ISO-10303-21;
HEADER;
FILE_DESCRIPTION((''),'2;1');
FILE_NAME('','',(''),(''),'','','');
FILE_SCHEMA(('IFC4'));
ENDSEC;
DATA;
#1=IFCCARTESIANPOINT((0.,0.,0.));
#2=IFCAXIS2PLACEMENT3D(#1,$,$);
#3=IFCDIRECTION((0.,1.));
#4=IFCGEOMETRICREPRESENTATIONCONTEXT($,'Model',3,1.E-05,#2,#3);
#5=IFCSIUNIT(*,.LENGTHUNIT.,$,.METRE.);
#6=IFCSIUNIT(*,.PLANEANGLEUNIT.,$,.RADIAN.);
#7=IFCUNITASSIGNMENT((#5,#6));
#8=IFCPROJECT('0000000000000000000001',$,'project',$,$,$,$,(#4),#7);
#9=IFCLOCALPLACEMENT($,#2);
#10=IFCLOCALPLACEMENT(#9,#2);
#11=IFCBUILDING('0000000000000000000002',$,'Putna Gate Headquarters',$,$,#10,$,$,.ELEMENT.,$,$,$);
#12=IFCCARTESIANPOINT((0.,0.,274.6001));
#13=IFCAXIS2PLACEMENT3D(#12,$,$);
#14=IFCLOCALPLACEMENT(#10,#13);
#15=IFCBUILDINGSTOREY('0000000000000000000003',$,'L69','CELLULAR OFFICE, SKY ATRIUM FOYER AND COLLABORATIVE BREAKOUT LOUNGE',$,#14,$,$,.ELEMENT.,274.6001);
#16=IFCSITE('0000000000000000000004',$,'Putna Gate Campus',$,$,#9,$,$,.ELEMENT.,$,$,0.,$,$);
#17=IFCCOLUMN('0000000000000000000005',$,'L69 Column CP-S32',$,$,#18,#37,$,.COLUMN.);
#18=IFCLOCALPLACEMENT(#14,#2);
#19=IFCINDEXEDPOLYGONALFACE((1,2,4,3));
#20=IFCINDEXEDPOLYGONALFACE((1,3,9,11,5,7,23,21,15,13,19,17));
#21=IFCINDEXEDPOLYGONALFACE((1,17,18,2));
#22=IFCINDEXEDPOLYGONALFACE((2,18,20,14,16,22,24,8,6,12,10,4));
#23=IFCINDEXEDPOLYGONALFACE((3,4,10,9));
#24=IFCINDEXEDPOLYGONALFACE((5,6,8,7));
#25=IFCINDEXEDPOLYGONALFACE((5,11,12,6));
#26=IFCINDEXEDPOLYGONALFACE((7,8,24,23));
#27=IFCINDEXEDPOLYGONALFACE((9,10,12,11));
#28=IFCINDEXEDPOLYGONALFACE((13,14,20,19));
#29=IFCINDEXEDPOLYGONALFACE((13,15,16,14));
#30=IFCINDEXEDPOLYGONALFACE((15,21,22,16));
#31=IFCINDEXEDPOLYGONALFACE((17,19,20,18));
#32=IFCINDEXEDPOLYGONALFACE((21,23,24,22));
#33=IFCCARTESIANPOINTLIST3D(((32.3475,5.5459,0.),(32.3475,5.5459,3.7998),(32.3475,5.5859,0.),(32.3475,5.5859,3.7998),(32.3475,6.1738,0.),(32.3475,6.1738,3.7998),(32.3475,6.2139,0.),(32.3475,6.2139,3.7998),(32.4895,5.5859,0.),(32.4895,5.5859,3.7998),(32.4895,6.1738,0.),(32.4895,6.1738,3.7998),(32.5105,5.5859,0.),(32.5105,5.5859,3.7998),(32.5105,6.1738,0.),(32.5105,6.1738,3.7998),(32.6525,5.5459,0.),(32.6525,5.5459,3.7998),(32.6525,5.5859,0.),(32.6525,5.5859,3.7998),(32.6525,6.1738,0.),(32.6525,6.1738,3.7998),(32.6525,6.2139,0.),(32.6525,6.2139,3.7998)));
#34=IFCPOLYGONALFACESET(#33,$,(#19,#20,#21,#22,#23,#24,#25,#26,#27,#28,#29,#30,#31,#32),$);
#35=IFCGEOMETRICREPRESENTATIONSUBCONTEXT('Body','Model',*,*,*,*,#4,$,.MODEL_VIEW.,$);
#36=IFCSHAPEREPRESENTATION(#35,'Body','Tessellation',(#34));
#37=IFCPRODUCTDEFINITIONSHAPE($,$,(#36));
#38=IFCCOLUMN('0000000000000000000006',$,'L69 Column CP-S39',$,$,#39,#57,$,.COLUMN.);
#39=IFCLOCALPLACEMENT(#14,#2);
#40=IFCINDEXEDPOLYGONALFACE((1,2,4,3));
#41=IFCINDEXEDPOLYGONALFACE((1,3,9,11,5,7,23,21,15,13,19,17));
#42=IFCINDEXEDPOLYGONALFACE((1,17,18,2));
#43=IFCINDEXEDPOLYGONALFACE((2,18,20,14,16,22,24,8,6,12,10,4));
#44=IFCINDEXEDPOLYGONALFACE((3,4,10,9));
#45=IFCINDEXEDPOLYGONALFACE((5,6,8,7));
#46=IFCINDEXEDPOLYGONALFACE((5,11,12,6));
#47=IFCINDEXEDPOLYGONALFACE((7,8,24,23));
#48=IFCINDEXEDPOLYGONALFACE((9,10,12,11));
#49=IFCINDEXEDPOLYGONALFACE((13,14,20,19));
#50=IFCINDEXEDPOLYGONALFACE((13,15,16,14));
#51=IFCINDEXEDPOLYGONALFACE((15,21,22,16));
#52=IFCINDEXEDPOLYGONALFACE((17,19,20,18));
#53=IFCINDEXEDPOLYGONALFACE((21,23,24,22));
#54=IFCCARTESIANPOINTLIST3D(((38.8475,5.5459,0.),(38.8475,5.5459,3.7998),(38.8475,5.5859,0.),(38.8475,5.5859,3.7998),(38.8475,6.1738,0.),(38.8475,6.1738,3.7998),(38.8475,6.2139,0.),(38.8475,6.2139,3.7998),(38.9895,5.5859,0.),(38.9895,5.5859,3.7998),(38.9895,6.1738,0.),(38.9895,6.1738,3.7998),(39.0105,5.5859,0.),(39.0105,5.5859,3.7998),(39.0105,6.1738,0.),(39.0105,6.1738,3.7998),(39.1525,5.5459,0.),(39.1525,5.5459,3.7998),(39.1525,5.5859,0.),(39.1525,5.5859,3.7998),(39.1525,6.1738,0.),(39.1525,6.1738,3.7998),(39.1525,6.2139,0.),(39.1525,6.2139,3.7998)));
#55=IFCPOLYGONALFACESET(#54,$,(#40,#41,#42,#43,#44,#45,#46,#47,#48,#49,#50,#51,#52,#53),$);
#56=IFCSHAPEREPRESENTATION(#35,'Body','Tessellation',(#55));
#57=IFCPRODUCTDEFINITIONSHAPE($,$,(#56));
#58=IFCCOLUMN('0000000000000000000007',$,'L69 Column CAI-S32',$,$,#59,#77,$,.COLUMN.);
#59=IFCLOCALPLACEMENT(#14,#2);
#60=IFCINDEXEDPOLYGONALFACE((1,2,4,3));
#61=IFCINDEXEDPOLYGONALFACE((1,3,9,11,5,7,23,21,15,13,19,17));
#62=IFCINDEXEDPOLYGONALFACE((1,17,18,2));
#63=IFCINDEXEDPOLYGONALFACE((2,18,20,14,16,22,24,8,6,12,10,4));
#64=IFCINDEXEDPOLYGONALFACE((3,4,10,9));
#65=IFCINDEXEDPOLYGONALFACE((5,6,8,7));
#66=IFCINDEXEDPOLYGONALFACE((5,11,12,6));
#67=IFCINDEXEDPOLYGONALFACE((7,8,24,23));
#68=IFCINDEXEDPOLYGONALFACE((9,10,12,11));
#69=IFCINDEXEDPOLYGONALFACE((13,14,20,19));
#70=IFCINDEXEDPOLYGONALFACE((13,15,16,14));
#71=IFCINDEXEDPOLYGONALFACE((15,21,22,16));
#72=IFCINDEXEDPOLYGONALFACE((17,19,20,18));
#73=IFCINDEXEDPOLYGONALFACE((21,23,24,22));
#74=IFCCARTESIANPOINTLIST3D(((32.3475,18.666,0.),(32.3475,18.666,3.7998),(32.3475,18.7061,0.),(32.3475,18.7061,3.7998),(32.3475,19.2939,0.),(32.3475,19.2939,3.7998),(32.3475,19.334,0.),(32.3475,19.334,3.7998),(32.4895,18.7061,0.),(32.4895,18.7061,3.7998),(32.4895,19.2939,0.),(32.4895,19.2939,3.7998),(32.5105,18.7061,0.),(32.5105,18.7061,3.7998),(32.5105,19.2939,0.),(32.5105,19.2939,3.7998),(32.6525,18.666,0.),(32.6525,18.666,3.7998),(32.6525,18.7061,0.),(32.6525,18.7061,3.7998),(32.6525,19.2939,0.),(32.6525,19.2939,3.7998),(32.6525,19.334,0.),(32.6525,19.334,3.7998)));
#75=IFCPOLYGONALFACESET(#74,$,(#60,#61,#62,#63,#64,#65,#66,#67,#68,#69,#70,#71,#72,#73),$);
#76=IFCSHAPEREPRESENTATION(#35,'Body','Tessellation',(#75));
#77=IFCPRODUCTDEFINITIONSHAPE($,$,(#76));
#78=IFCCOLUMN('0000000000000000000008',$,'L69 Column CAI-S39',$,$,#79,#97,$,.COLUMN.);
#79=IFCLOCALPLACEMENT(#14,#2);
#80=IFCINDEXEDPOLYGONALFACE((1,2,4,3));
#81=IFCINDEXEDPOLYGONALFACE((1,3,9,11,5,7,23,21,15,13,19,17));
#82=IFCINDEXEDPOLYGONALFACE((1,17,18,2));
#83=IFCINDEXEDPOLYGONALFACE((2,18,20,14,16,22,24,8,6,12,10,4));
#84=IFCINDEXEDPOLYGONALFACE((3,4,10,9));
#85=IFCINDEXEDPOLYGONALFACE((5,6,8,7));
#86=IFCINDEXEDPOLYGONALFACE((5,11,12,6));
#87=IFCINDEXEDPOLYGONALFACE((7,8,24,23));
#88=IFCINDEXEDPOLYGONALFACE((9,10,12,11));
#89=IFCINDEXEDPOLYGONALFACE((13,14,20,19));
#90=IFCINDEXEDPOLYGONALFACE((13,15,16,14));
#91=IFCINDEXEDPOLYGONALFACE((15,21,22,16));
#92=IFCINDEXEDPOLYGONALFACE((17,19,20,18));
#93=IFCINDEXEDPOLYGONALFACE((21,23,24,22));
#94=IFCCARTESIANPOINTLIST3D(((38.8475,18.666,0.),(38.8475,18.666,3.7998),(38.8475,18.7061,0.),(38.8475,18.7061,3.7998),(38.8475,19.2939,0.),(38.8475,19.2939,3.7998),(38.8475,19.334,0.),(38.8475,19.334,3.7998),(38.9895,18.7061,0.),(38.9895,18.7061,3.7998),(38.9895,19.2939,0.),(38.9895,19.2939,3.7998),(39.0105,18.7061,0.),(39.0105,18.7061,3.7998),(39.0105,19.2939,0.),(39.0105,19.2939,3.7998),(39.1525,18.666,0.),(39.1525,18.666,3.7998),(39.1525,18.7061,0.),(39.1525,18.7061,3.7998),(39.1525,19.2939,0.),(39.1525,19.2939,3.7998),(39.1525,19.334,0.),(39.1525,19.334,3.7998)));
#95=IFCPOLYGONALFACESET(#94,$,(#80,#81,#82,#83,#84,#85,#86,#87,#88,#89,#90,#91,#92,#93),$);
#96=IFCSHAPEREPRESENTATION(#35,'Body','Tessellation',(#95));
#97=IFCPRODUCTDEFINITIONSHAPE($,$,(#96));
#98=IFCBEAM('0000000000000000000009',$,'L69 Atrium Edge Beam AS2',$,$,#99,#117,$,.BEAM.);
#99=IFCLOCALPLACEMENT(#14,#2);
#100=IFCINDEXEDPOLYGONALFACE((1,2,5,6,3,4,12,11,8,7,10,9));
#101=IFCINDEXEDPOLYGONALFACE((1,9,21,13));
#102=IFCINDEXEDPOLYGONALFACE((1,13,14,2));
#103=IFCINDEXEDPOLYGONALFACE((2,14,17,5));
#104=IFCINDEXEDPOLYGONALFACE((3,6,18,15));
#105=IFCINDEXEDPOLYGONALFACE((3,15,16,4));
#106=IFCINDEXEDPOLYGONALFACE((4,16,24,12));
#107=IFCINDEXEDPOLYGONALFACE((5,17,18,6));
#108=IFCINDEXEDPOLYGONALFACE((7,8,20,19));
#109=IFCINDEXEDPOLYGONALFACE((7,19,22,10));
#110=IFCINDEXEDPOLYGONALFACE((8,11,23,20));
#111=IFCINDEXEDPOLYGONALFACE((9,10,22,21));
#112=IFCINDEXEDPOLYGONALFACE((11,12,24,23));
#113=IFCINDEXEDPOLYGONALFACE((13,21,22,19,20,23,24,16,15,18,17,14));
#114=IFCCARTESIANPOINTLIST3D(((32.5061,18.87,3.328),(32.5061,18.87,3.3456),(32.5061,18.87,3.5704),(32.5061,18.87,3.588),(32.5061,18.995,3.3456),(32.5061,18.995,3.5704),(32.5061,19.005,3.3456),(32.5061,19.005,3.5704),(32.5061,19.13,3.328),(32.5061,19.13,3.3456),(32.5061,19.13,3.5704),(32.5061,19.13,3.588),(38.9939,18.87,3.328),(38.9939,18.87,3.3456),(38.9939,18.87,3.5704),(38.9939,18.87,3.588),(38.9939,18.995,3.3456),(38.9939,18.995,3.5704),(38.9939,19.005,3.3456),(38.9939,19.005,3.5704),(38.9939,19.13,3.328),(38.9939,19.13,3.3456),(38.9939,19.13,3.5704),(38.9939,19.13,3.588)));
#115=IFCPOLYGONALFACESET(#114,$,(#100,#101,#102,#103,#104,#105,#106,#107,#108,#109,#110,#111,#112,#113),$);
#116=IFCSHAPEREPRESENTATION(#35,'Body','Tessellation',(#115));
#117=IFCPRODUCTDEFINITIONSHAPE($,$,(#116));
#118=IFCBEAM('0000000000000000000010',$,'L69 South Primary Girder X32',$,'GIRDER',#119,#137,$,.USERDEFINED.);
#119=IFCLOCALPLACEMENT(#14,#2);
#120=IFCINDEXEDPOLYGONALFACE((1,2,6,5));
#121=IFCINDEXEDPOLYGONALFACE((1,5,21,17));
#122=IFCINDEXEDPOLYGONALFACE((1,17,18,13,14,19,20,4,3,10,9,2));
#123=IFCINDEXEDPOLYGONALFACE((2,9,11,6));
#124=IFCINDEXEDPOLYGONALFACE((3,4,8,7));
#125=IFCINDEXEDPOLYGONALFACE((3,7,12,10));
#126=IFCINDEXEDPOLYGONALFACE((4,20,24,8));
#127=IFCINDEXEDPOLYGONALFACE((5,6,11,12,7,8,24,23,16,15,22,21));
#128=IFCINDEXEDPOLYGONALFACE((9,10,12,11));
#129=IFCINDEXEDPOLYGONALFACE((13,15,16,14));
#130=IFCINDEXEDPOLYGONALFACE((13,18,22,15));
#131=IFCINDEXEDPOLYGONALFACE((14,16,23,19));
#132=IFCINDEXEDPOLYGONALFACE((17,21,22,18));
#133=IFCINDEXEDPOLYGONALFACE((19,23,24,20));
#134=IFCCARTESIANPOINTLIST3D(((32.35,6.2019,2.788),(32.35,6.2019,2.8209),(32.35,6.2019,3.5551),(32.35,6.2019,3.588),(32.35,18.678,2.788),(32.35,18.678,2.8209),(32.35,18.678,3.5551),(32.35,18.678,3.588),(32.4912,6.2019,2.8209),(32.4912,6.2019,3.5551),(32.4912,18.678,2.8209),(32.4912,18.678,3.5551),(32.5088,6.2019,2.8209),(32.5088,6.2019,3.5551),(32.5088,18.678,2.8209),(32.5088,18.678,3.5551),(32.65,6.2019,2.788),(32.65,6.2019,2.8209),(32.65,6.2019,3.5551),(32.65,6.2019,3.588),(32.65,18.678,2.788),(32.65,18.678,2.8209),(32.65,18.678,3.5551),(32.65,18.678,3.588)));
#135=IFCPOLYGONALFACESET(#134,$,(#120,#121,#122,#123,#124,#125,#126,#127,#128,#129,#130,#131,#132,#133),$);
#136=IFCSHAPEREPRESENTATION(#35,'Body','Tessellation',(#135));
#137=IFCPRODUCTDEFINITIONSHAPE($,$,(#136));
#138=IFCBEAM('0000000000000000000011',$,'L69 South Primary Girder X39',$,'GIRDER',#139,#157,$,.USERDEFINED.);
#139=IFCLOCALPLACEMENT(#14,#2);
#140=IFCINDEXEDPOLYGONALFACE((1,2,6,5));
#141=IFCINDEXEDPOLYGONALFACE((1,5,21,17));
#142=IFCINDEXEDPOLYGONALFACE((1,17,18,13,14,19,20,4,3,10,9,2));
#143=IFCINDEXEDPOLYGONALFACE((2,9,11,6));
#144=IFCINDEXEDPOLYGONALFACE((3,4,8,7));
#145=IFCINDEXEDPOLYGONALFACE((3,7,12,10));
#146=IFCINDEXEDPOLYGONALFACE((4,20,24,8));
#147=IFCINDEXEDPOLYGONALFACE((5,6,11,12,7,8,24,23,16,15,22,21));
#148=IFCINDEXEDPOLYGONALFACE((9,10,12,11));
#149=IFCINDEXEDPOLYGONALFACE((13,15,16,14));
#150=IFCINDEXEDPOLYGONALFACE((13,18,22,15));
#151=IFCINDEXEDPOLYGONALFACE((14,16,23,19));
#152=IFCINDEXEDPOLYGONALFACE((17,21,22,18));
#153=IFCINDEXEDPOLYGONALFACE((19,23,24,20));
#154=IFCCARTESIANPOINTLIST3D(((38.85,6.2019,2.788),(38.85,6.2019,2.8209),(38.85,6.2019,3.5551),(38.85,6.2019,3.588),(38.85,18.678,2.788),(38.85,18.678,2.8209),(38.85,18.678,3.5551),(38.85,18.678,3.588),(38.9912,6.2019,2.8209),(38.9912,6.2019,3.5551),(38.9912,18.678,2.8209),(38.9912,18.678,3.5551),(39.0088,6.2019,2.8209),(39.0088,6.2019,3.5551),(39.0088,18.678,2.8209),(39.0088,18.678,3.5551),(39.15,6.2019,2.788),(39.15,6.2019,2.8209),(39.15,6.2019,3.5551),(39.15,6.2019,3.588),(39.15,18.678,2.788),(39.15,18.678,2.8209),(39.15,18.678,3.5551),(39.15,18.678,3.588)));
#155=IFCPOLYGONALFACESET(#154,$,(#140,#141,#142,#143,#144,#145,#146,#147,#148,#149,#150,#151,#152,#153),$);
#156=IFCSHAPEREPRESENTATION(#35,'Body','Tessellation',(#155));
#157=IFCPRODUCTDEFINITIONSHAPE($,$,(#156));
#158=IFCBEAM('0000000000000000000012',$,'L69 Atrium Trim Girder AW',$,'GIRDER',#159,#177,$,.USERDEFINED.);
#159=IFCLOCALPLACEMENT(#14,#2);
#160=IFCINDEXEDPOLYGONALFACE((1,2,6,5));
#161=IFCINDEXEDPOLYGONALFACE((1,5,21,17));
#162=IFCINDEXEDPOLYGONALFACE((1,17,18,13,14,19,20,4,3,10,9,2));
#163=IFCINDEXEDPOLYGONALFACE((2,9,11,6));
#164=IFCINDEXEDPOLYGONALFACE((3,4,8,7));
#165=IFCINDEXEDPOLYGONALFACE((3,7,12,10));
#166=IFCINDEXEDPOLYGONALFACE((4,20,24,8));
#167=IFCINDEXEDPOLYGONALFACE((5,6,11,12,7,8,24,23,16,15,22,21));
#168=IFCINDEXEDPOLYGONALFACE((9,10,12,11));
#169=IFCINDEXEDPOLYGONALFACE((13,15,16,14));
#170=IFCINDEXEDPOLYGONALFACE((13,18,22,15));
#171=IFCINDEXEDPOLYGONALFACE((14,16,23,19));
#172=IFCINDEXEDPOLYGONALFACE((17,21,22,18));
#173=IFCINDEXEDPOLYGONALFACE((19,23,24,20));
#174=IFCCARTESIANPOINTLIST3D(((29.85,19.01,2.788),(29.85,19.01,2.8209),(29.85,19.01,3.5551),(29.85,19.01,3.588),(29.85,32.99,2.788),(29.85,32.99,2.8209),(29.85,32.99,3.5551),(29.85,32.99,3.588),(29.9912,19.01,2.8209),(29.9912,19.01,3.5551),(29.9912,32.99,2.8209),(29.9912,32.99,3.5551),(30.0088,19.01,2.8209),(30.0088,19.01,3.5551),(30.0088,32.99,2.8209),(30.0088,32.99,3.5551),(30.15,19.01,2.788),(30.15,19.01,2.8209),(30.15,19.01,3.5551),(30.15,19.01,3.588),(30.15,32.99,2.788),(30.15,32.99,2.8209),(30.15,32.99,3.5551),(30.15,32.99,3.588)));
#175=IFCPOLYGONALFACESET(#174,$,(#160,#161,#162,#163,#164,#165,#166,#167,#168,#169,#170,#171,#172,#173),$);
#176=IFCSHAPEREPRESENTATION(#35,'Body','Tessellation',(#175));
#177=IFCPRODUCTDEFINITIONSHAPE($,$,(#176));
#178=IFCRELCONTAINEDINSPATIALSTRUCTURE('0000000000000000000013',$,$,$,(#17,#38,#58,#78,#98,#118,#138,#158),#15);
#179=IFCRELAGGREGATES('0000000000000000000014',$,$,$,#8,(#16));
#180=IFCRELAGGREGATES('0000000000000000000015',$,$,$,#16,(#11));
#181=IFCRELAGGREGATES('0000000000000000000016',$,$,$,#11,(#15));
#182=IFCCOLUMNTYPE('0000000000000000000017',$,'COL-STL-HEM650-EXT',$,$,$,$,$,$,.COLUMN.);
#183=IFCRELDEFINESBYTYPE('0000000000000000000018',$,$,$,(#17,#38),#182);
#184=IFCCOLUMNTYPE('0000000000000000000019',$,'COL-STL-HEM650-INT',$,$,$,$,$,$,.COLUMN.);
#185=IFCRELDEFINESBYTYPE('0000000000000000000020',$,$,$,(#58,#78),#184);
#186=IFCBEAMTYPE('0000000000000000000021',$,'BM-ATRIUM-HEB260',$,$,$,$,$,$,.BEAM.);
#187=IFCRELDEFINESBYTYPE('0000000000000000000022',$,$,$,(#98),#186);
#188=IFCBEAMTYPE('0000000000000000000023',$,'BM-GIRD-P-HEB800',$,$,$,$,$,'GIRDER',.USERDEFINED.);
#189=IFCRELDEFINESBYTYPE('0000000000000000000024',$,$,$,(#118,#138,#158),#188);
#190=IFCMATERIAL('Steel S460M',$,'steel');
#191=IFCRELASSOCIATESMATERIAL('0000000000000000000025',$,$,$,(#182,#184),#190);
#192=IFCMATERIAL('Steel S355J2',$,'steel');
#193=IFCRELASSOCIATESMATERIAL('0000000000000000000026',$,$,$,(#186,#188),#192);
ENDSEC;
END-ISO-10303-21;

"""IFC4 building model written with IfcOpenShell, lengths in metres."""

from ifc_helpers import new_model, si_unit, direction, frame, origin, origin_2d, place, context, subcontext, project, spatial, i_section, extrude, material, material_profile, profile_set, type_object, element, save


model = new_model("IFC4")

# Units and contexts
model_context = context("Model", 3, precision=1e-05, world=origin(), true_north=direction((0.0, 1.0)))
body_context = subcontext(model_context, "Body", "Model", "MODEL_VIEW")
ifc_project = project(units=[si_unit("LENGTHUNIT", "METRE"), si_unit("PLANEANGLEUNIT", "RADIAN")], contexts=[model_context])

# Site, building, storey
site_placement = place(None, origin())
site = spatial("IfcSite", under=ifc_project, at=site_placement, Name="Putna Gate Campus", CompositionType="ELEMENT", RefElevation=0.0)
building_placement = place(site_placement, origin())
building = spatial("IfcBuilding", under=site, at=building_placement, Name="Putna Gate Headquarters", CompositionType="ELEMENT")
storey_placement = place(building_placement, frame((0.0, 0.0, 274.6001)))
storey = spatial("IfcBuildingStorey", under=building, at=storey_placement, Name="L69", Description="CELLULAR OFFICE, SKY ATRIUM FOYER AND COLLABORATIVE BREAKOUT LOUNGE", CompositionType="ELEMENT", Elevation=274.6001)

# Columns
ifc_material_1 = material(Name="Steel S460M", Category="steel")
ifc_material_profile_1 = material_profile(ifc_material_1, i_section(OverallWidth=0.3049, OverallDepth=0.668, WebThickness=0.021, FlangeThickness=0.04, at=origin_2d()), Name="Steel S460M")
ifc_profile_set_1 = profile_set([ifc_material_profile_1], Name="Steel S460M")
column_type_1 = type_object("IfcColumnType", Name="COL-STL-HEM650-EXT", PredefinedType="COLUMN", material=ifc_profile_set_1)
for number, where, z_axis, x_axis, name in (
    (1, (32.5, 5.8799, 0.0), (0.0, 0.0, 1.0), (1.0, 0.0, 0.0), "L69 Column CP-S32"),
    (2, (39.0, 5.8799, 0.0), (0.0, 0.0, 1.0), (1.0, 0.0, 0.0), "L69 Column CP-S39"),
):
    element("IfcColumn", number, at=place(storey_placement, frame(where, z_axis=z_axis, x_axis=x_axis)), inside=storey, type_object=column_type_1, Name=name, PredefinedType="COLUMN", context=body_context, shape_type="SweptSolid", body=[
        extrude(i_section(OverallWidth=0.3049, OverallDepth=0.668, WebThickness=0.021, FlangeThickness=0.04, at=origin_2d()), origin(), (0.0, 0.0, 1.0), 3.7998),
    ])
ifc_material_profile_2 = material_profile(ifc_material_1, i_section(OverallWidth=0.3049, OverallDepth=0.668, WebThickness=0.021, FlangeThickness=0.04, at=origin_2d()), Name="Steel S460M")
ifc_profile_set_2 = profile_set([ifc_material_profile_2], Name="Steel S460M")
column_type_2 = type_object("IfcColumnType", Name="COL-STL-HEM650-INT", PredefinedType="COLUMN", material=ifc_profile_set_2)
for number, where, z_axis, x_axis, name in (
    (3, (32.5, 19.0, 0.0), (0.0, 0.0, 1.0), (1.0, 0.0, 0.0), "L69 Column CAI-S32"),
    (4, (39.0, 19.0, 0.0), (0.0, 0.0, 1.0), (1.0, 0.0, 0.0), "L69 Column CAI-S39"),
):
    element("IfcColumn", number, at=place(storey_placement, frame(where, z_axis=z_axis, x_axis=x_axis)), inside=storey, type_object=column_type_2, Name=name, PredefinedType="COLUMN", context=body_context, shape_type="SweptSolid", body=[
        extrude(i_section(OverallWidth=0.3049, OverallDepth=0.668, WebThickness=0.021, FlangeThickness=0.04, at=origin_2d()), origin(), (0.0, 0.0, 1.0), 3.7998),
    ])

# Beams
ifc_material_2 = material(Name="Steel S355J2", Category="steel")
ifc_material_profile_3 = material_profile(ifc_material_2, i_section(OverallWidth=0.26, OverallDepth=0.26, WebThickness=0.01, FlangeThickness=0.0176, at=origin_2d()), Name="Steel S355J2")
ifc_profile_set_3 = profile_set([ifc_material_profile_3], Name="Steel S355J2")
beam_type_1 = type_object("IfcBeamType", Name="BM-ATRIUM-HEB260", PredefinedType="BEAM", material=ifc_profile_set_3)
beam_1_placement = place(storey_placement, frame((32.5061, 19.0, 3.458), z_axis=(1.0, 0.0, 0.0), x_axis=(0.0, 1.0, 0.0)))
element("IfcBeam", 5, at=beam_1_placement, inside=storey, type_object=beam_type_1, Name="L69 Atrium Edge Beam AS2", PredefinedType="BEAM", context=body_context, shape_type="SweptSolid", body=[
    extrude(i_section(OverallWidth=0.26, OverallDepth=0.26, WebThickness=0.01, FlangeThickness=0.0176, at=origin_2d()), origin(), (0.0, 0.0, 1.0), 6.4878),
])
ifc_material_profile_4 = material_profile(ifc_material_2, i_section(OverallWidth=0.3, OverallDepth=0.8, WebThickness=0.0176, FlangeThickness=0.033, at=origin_2d()), Name="Steel S355J2")
ifc_profile_set_4 = profile_set([ifc_material_profile_4], Name="Steel S355J2")
beam_type_2 = type_object("IfcBeamType", Name="BM-GIRD-P-HEB800", ElementType="GIRDER", PredefinedType="USERDEFINED", material=ifc_profile_set_4)
for number, where, z_axis, x_axis, name in (
    (6, (32.5, 6.2019, 3.188), (0.0, 1.0, 0.0), (-1.0, 0.0, 0.0), "L69 South Primary Girder X32"),
    (7, (39.0, 6.2019, 3.188), (0.0, 1.0, 0.0), (-1.0, 0.0, 0.0), "L69 South Primary Girder X39"),
):
    element("IfcBeam", number, at=place(storey_placement, frame(where, z_axis=z_axis, x_axis=x_axis)), inside=storey, type_object=beam_type_2, Name=name, ObjectType="GIRDER", PredefinedType="USERDEFINED", context=body_context, shape_type="SweptSolid", body=[
        extrude(i_section(OverallWidth=0.3, OverallDepth=0.8, WebThickness=0.0176, FlangeThickness=0.033, at=origin_2d()), origin(), (0.0, 0.0, 1.0), 12.4761),
    ])
beam_2_placement = place(storey_placement, frame((30.0, 19.01, 3.188), z_axis=(0.0, 1.0, 0.0), x_axis=(-1.0, 0.0, 0.0)))
element("IfcBeam", 8, at=beam_2_placement, inside=storey, type_object=beam_type_2, Name="L69 Atrium Trim Girder AW", ObjectType="GIRDER", PredefinedType="USERDEFINED", context=body_context, shape_type="SweptSolid", body=[
    extrude(i_section(OverallWidth=0.3, OverallDepth=0.8, WebThickness=0.0176, FlangeThickness=0.033, at=origin_2d()), origin(), (0.0, 0.0, 1.0), 13.98),
])

save(model, "model.ifc")
